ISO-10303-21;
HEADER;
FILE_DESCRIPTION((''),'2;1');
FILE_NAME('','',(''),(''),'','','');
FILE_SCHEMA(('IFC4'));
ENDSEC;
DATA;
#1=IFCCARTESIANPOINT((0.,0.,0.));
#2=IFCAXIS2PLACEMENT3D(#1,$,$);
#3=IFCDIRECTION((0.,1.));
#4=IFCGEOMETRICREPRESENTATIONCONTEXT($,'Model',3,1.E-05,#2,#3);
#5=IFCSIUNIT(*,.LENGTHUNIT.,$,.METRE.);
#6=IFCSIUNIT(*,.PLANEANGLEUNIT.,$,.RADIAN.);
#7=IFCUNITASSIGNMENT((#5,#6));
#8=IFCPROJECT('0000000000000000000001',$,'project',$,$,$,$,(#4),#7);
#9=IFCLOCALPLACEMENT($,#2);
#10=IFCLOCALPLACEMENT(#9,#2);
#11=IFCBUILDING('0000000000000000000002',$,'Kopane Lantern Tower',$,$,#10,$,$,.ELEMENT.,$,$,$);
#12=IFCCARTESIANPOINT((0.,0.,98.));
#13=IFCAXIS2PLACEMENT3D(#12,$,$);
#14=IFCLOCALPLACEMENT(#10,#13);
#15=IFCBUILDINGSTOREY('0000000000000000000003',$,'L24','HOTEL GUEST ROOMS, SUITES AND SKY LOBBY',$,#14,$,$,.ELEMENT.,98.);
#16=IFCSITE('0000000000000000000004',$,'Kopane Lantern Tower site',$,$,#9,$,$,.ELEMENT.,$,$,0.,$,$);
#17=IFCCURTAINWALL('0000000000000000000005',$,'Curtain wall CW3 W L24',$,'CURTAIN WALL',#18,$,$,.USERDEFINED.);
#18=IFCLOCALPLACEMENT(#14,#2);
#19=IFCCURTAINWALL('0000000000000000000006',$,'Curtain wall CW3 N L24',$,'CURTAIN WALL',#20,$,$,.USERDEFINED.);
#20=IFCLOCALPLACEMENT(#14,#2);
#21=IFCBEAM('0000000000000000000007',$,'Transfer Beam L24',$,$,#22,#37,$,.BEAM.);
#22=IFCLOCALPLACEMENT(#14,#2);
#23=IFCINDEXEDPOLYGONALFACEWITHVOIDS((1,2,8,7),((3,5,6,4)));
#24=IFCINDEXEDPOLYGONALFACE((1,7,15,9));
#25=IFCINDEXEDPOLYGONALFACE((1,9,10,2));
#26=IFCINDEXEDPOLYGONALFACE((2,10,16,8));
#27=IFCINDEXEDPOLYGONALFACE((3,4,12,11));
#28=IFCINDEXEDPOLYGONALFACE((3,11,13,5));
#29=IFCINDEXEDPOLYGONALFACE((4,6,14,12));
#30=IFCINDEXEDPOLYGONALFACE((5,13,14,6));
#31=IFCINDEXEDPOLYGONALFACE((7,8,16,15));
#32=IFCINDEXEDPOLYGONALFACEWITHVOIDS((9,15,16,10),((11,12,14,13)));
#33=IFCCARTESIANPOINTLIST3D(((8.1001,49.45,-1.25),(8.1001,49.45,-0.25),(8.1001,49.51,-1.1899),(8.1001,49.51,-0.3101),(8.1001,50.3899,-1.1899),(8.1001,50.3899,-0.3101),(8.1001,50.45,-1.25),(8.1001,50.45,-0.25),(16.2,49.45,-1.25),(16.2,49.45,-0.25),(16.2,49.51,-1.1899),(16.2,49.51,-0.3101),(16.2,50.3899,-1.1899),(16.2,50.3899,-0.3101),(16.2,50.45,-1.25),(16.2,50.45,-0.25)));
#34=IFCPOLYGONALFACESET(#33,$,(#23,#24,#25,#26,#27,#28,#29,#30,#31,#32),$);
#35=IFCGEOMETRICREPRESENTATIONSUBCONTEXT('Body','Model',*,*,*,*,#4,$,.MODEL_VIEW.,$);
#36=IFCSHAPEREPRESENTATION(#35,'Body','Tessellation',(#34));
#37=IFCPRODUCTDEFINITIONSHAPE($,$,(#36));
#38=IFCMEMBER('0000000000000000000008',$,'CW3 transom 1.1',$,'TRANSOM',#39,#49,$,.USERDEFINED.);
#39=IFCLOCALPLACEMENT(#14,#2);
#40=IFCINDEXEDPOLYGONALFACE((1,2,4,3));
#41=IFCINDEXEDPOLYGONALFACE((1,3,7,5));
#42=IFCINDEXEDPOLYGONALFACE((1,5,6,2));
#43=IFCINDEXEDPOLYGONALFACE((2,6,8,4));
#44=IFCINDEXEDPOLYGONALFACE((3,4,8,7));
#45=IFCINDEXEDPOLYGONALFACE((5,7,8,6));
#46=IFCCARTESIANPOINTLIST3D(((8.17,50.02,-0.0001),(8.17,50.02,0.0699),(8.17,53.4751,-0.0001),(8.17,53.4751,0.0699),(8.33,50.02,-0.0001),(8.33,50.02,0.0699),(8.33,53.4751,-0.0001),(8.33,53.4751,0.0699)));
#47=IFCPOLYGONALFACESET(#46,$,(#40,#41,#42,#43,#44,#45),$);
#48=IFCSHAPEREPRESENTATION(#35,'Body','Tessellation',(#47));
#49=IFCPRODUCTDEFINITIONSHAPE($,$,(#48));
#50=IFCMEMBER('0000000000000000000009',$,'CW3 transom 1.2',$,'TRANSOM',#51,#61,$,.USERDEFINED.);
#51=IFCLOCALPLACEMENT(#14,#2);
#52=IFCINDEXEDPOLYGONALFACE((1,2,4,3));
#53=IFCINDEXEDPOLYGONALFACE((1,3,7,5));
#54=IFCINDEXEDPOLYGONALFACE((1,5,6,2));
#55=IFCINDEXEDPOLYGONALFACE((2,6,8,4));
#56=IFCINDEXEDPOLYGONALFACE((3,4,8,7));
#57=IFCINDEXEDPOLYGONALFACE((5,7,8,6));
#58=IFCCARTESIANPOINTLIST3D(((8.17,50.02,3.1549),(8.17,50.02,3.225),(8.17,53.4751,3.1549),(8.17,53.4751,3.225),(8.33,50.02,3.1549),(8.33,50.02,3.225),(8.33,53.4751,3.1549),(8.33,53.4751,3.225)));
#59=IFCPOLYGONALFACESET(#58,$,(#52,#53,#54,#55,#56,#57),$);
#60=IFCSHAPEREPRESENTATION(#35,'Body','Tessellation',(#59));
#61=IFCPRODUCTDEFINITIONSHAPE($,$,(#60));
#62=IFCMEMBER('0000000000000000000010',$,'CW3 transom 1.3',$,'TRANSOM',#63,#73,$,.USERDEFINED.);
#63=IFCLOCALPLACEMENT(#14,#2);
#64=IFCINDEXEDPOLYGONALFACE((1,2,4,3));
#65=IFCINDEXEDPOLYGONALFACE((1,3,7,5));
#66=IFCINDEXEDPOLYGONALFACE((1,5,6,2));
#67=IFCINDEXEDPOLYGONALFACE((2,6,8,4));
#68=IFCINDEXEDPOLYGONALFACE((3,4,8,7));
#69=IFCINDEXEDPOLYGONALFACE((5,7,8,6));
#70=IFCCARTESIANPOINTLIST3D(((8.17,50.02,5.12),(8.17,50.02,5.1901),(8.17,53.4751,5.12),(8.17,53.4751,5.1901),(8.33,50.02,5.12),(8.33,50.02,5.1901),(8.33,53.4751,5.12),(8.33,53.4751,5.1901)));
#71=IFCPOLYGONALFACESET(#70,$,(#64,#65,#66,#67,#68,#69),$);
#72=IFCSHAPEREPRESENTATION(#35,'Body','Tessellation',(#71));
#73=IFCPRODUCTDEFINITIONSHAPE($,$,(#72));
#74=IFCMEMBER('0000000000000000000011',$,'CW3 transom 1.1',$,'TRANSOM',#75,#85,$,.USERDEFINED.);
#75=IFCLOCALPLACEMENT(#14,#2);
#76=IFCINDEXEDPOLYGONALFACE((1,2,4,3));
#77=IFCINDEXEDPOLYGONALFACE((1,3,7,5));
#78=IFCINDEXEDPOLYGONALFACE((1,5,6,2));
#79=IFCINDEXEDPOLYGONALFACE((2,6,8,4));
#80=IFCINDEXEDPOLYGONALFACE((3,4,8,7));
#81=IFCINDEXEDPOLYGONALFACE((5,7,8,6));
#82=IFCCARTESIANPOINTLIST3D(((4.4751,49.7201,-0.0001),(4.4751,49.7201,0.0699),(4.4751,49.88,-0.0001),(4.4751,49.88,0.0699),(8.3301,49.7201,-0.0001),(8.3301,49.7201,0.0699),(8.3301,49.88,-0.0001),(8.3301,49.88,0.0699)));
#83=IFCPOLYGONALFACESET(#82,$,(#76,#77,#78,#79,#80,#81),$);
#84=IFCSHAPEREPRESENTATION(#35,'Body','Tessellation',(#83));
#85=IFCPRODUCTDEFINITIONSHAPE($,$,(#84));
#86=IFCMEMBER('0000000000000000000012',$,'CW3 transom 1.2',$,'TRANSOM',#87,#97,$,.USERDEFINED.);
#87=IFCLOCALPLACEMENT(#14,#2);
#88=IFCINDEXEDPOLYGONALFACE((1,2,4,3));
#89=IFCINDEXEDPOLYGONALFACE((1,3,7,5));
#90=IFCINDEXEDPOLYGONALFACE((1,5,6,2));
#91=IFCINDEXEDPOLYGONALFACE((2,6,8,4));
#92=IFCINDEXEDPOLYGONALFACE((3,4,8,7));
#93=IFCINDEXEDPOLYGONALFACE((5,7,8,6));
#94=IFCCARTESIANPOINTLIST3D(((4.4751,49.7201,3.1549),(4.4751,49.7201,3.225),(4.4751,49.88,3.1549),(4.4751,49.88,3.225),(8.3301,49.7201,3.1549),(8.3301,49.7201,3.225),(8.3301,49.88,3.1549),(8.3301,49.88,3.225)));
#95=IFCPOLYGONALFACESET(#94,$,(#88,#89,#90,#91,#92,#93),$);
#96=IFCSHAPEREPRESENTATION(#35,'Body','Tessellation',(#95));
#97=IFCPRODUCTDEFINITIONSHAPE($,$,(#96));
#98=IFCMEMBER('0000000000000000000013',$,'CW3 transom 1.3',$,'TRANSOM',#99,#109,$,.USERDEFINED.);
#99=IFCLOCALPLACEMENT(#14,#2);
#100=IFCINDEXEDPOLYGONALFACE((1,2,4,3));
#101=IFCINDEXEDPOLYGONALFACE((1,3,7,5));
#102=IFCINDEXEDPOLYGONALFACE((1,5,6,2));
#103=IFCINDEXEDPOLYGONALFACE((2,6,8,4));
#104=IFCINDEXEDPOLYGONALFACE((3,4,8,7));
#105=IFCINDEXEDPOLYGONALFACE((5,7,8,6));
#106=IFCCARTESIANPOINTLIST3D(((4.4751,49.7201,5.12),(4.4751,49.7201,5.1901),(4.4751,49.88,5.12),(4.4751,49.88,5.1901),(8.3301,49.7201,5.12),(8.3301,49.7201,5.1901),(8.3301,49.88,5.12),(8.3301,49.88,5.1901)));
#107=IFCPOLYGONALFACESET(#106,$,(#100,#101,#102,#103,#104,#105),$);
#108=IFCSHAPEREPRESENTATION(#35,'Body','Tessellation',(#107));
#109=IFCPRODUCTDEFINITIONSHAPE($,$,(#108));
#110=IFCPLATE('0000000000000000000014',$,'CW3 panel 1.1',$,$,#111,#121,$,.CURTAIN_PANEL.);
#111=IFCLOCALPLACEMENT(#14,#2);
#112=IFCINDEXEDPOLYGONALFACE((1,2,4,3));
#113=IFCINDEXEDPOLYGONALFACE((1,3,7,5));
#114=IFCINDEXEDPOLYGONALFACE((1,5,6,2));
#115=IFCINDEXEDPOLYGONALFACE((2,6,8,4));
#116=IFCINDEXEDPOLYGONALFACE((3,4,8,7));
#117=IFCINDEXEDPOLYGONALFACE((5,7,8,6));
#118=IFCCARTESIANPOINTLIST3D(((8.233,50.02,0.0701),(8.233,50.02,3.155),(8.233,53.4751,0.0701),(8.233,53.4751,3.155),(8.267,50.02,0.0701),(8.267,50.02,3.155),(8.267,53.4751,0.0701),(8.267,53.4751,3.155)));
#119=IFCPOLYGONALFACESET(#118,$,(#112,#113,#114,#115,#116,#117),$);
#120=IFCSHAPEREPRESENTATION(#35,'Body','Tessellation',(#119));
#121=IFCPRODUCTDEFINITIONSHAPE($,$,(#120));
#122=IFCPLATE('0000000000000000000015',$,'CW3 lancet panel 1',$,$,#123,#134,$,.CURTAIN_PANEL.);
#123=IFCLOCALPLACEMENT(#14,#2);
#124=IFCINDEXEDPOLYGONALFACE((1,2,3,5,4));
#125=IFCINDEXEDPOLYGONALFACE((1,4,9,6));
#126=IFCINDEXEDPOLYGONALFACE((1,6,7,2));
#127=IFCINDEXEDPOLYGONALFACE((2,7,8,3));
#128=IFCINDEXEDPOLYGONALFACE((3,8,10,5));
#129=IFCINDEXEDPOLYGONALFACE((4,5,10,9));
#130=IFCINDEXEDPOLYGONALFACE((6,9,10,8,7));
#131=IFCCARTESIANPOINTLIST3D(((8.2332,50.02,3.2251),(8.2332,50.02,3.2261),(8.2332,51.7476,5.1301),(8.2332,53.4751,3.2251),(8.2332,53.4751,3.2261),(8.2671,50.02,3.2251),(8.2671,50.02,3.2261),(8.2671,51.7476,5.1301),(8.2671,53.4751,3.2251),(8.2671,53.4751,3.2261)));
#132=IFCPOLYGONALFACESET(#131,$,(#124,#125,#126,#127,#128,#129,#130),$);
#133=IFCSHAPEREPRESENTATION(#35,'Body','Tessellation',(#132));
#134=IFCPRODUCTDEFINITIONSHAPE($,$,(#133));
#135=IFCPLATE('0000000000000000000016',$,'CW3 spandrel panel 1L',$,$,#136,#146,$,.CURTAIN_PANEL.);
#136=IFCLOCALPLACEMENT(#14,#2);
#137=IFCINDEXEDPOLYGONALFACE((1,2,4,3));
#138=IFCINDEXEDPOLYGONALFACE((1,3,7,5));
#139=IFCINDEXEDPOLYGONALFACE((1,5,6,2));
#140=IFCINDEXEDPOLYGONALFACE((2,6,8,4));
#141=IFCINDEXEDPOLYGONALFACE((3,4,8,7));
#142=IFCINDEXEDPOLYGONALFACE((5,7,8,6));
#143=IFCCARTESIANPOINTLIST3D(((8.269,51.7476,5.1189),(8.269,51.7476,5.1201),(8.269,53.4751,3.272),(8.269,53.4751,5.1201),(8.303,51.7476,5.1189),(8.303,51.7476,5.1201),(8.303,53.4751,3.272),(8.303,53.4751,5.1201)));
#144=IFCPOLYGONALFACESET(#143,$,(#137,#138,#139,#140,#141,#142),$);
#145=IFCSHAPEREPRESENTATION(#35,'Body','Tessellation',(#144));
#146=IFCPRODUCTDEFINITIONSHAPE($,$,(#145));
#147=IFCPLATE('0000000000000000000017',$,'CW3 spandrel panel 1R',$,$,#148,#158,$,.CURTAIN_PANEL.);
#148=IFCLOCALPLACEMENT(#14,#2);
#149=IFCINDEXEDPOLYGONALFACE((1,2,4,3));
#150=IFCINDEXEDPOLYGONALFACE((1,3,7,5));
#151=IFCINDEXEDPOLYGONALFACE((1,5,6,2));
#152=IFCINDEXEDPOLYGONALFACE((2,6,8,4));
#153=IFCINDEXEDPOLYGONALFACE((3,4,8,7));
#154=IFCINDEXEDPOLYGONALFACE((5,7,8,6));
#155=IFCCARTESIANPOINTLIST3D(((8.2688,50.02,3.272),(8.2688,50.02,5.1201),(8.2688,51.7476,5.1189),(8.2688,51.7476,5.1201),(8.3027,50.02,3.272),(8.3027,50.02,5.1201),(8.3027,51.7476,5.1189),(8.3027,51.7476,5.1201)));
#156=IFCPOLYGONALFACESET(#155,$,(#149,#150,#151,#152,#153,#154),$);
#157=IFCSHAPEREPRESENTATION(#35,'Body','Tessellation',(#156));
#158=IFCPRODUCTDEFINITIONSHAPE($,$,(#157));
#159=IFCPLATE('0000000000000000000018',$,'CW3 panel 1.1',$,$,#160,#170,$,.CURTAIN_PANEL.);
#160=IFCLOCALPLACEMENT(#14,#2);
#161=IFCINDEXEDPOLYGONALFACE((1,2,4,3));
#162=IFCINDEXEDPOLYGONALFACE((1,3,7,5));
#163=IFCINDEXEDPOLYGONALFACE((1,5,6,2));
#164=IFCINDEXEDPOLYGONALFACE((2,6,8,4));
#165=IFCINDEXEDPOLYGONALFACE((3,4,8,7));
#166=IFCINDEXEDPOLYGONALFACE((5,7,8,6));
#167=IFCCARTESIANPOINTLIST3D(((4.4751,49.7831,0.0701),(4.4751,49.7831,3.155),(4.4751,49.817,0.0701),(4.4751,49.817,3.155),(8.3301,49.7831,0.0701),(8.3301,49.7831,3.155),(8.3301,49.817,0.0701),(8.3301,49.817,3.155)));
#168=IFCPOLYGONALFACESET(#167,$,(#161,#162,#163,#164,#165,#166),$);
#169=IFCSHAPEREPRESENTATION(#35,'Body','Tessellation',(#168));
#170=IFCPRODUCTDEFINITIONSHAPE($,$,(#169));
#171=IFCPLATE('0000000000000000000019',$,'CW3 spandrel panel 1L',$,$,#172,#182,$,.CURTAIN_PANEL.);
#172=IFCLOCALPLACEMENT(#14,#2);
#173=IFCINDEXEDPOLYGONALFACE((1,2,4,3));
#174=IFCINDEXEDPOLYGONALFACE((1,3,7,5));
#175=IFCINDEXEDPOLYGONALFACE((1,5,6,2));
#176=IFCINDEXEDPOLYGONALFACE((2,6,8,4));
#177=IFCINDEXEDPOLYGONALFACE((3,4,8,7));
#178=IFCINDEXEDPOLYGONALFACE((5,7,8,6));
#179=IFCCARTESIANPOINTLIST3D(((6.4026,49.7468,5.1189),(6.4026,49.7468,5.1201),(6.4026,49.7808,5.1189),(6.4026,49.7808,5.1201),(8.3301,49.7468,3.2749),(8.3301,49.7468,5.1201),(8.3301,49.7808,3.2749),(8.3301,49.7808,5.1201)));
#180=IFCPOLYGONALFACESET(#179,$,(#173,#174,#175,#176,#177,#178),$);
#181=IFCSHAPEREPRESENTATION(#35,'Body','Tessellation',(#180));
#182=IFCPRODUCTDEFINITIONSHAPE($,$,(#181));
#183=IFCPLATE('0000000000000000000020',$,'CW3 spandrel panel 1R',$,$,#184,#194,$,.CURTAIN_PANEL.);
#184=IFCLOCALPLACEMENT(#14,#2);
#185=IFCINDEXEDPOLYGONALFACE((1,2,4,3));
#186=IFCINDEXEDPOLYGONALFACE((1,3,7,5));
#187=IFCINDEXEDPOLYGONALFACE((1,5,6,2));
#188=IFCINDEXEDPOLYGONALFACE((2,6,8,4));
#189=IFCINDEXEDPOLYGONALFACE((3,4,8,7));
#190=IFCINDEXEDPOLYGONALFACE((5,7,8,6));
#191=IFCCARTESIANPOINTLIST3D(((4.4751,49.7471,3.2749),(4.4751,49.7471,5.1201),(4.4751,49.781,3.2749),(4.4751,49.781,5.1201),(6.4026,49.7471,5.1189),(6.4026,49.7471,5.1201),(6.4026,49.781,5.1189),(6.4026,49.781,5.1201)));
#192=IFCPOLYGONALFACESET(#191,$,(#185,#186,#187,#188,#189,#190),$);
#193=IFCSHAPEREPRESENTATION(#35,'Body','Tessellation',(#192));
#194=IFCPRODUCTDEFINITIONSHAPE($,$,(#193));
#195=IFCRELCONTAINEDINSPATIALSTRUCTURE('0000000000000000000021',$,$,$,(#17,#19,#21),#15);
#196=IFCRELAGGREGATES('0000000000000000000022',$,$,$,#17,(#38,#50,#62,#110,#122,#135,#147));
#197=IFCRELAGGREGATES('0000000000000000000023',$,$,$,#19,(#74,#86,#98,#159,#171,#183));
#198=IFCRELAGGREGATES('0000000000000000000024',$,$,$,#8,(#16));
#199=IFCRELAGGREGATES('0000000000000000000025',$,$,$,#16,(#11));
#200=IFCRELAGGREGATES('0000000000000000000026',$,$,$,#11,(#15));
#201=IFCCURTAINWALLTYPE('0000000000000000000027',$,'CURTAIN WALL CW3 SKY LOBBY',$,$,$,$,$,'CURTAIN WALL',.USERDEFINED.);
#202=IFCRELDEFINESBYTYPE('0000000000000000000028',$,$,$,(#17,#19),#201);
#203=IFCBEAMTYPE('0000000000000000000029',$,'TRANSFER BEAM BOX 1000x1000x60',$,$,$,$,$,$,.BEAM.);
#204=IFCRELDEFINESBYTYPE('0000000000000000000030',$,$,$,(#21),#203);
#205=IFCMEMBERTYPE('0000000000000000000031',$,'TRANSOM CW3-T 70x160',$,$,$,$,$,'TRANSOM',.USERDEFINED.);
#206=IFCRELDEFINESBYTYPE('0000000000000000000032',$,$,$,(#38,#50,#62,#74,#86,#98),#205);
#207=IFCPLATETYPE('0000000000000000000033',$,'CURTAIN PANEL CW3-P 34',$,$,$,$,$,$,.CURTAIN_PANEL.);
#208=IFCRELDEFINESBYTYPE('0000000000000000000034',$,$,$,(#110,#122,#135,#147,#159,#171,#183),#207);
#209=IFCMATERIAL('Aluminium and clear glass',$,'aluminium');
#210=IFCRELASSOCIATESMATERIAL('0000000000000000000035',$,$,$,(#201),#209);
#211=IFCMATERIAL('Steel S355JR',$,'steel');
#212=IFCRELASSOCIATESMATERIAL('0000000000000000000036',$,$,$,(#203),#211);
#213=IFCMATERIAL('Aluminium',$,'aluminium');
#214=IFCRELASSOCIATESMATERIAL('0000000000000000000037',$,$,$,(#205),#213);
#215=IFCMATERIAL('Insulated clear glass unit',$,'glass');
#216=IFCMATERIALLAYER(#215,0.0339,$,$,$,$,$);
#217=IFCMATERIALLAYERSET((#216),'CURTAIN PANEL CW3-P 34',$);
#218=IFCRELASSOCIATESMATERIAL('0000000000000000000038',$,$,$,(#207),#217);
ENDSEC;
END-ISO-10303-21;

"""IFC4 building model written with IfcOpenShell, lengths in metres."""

from ifc_helpers import new_model, si_unit, direction, frame, origin, origin_2d, place, context, subcontext, project, spatial, polyline, rectangle, hollow_rectangle, outline, extrude, material, layer, layer_set, material_profile, profile_set, type_object, element, aggregate, save


model = new_model("IFC4")

# Units and contexts
model_context = context("Model", 3, precision=1e-05, world=origin(), true_north=direction((0.0, 1.0)))
body_context = subcontext(model_context, "Body", "Model", "MODEL_VIEW")
ifc_project = project(units=[si_unit("LENGTHUNIT", "METRE"), si_unit("PLANEANGLEUNIT", "RADIAN")], contexts=[model_context])

# Site, building, storey
site_placement = place(None, origin())
site = spatial("IfcSite", under=ifc_project, at=site_placement, Name="Kopane Lantern Tower site", CompositionType="ELEMENT", RefElevation=0.0)
building_placement = place(site_placement, origin())
building = spatial("IfcBuilding", under=site, at=building_placement, Name="Kopane Lantern Tower", CompositionType="ELEMENT")
storey_placement = place(building_placement, frame((0.0, 0.0, 98.0)))
storey = spatial("IfcBuildingStorey", under=building, at=storey_placement, Name="L24", Description="HOTEL GUEST ROOMS, SUITES AND SKY LOBBY", CompositionType="ELEMENT", Elevation=98.0)

# Curtain walls
ifc_material_1 = material(Name="Aluminium and clear glass", Category="aluminium")
curtain_wall_type = type_object("IfcCurtainWallType", Name="CURTAIN WALL CW3 SKY LOBBY", ElementType="CURTAIN WALL", PredefinedType="USERDEFINED", material=ifc_material_1)
curtain_wall_1_placement = place(storey_placement, origin())
curtain_wall_1 = element("IfcCurtainWall", 1, at=curtain_wall_1_placement, inside=storey, type_object=curtain_wall_type, Name="Curtain wall CW3 W L24", ObjectType="CURTAIN WALL", PredefinedType="USERDEFINED")
curtain_wall_2_placement = place(storey_placement, origin())
curtain_wall_2 = element("IfcCurtainWall", 2, at=curtain_wall_2_placement, inside=storey, type_object=curtain_wall_type, Name="Curtain wall CW3 N L24", ObjectType="CURTAIN WALL", PredefinedType="USERDEFINED")

# Beam
ifc_material_2 = material(Name="Steel S355JR", Category="steel")
ifc_material_profile_1 = material_profile(ifc_material_2, hollow_rectangle(XDim=1.0, YDim=1.0, WallThickness=0.0601, at=origin_2d()), Name="BOX 1000x1000x60")
ifc_profile_set_1 = profile_set([ifc_material_profile_1], Name="Steel S355JR")
beam_type_1 = type_object("IfcBeamType", Name="TRANSFER BEAM BOX 1000x1000x60", PredefinedType="BEAM", material=ifc_profile_set_1)
beam_1_placement = place(storey_placement, frame((8.1001, 49.95, -0.75), z_axis=(1.0, 0.0, 0.0), x_axis=(0.0, 1.0, 0.0)))
element("IfcBeam", 3, at=beam_1_placement, inside=storey, type_object=beam_type_1, Name="Transfer Beam L24", PredefinedType="BEAM", context=body_context, shape_type="SweptSolid", body=[
    extrude(hollow_rectangle(XDim=1.0, YDim=1.0, WallThickness=0.0601, at=origin_2d()), origin(), (0.0, 0.0, 1.0), 8.0999),
])

# Members
ifc_material_3 = material(Name="Aluminium", Category="aluminium")
ifc_material_profile_2 = material_profile(ifc_material_3, rectangle(XDim=0.1599, YDim=0.0701, at=origin_2d()), Name="AL 160x70")
ifc_profile_set_2 = profile_set([ifc_material_profile_2], Name="Aluminium")
member_type_1 = type_object("IfcMemberType", Name="TRANSOM CW3-T 70x160", ElementType="TRANSOM", PredefinedType="USERDEFINED", material=ifc_profile_set_2)
member_1_placement = place(storey_placement, frame((8.25, 53.4751, 0.0349), z_axis=(0.0, -1.0, 0.0), x_axis=(1.0, 0.0, 0.0)))
member_1 = element("IfcMember", 4, at=member_1_placement, type_object=member_type_1, Name="CW3 transom 1.1", ObjectType="TRANSOM", PredefinedType="USERDEFINED", context=body_context, shape_type="SweptSolid", body=[
    extrude(rectangle(XDim=0.1599, YDim=0.0701, at=origin_2d()), origin(), (0.0, 0.0, 1.0), 3.4551),
])
member_2_placement = place(storey_placement, frame((8.25, 53.4751, 3.1899), z_axis=(0.0, -1.0, 0.0), x_axis=(1.0, 0.0, 0.0)))
member_2 = element("IfcMember", 5, at=member_2_placement, type_object=member_type_1, Name="CW3 transom 1.2", ObjectType="TRANSOM", PredefinedType="USERDEFINED", context=body_context, shape_type="SweptSolid", body=[
    extrude(rectangle(XDim=0.1599, YDim=0.0701, at=origin_2d()), origin(), (0.0, 0.0, 1.0), 3.4551),
])
member_3_placement = place(storey_placement, frame((8.25, 53.4751, 5.155), z_axis=(0.0, -1.0, 0.0), x_axis=(1.0, 0.0, 0.0)))
member_3 = element("IfcMember", 6, at=member_3_placement, type_object=member_type_1, Name="CW3 transom 1.3", ObjectType="TRANSOM", PredefinedType="USERDEFINED", context=body_context, shape_type="SweptSolid", body=[
    extrude(rectangle(XDim=0.1599, YDim=0.0701, at=origin_2d()), origin(), (0.0, 0.0, 1.0), 3.4551),
])
member_4_placement = place(storey_placement, frame((8.3301, 49.8, 0.0349), z_axis=(-1.0, 0.0, 0.0), x_axis=(0.0, -1.0, 0.0)))
member_4 = element("IfcMember", 7, at=member_4_placement, type_object=member_type_1, Name="CW3 transom 1.1", ObjectType="TRANSOM", PredefinedType="USERDEFINED", context=body_context, shape_type="SweptSolid", body=[
    extrude(rectangle(XDim=0.1599, YDim=0.0701, at=origin_2d()), origin(), (0.0, 0.0, 1.0), 3.855),
])
member_5_placement = place(storey_placement, frame((8.3301, 49.8, 3.1899), z_axis=(-1.0, 0.0, 0.0), x_axis=(0.0, -1.0, 0.0)))
member_5 = element("IfcMember", 8, at=member_5_placement, type_object=member_type_1, Name="CW3 transom 1.2", ObjectType="TRANSOM", PredefinedType="USERDEFINED", context=body_context, shape_type="SweptSolid", body=[
    extrude(rectangle(XDim=0.1599, YDim=0.0701, at=origin_2d()), origin(), (0.0, 0.0, 1.0), 3.855),
])
member_6_placement = place(storey_placement, frame((8.3301, 49.8, 5.155), z_axis=(-1.0, 0.0, 0.0), x_axis=(0.0, -1.0, 0.0)))
member_6 = element("IfcMember", 9, at=member_6_placement, type_object=member_type_1, Name="CW3 transom 1.3", ObjectType="TRANSOM", PredefinedType="USERDEFINED", context=body_context, shape_type="SweptSolid", body=[
    extrude(rectangle(XDim=0.1599, YDim=0.0701, at=origin_2d()), origin(), (0.0, 0.0, 1.0), 3.855),
])

# Plates
ifc_material_4 = material(Name="Insulated clear glass unit", Category="glass")
ifc_layer_1 = layer(ifc_material_4, 0.0339)
ifc_layer_set_1 = layer_set([ifc_layer_1], Name="CURTAIN PANEL CW3-P 34")
plate_type_1 = type_object("IfcPlateType", Name="CURTAIN PANEL CW3-P 34", PredefinedType="CURTAIN_PANEL", material=ifc_layer_set_1)
plate_1_placement = place(storey_placement, frame((8.25, 51.7476, 0.0701), z_axis=(0.0, 0.0, 1.0), x_axis=(0.0, -1.0, 0.0)))
plate_1 = element("IfcPlate", 10, at=plate_1_placement, type_object=plate_type_1, Name="CW3 panel 1.1", PredefinedType="CURTAIN_PANEL", context=body_context, shape_type="SweptSolid", body=[
    extrude(rectangle(XDim=3.4551, YDim=0.0339, at=origin_2d()), origin(), (0.0, 0.0, 1.0), 3.085),
])
plate_2_placement = place(storey_placement, frame((8.25, 53.4751, 3.2251), z_axis=(0.0, 0.0, 1.0), x_axis=(0.0, -1.0, 0.0)))
plate_2 = element("IfcPlate", 11, at=plate_2_placement, type_object=plate_type_1, Name="CW3 lancet panel 1", PredefinedType="CURTAIN_PANEL", context=body_context, shape_type="SweptSolid", body=[
    extrude(outline(polyline([(0.0, 0.0), (3.4551, 0.0), (3.4551, 0.001), (1.7275, 1.905), (0.0, 0.001), (0.0, 0.0)])), frame((0.0, 0.0171, 0.0), z_axis=(0.0, -1.0, 0.0), x_axis=(1.0, 0.0, 0.0)), (0.0, 0.0, 1.0), 0.0339),
])
plate_3_placement = place(storey_placement, frame((8.2859, 53.4751, 5.1201), z_axis=(0.0, 0.0, 1.0), x_axis=(0.0, -1.0, 0.0)))
plate_3 = element("IfcPlate", 12, at=plate_3_placement, type_object=plate_type_1, Name="CW3 spandrel panel 1L", PredefinedType="CURTAIN_PANEL", context=body_context, shape_type="SweptSolid", body=[
    extrude(outline(polyline([(0.0, 0.0), (1.7275, 0.0), (1.7275, -0.0012), (0.0, -1.8481), (0.0, 0.0)])), frame((0.0, 0.0171, 0.0), z_axis=(0.0, -1.0, 0.0), x_axis=(1.0, 0.0, 0.0)), (0.0, 0.0, 1.0), 0.0339),
])
plate_4_placement = place(storey_placement, frame((8.2859, 50.02, 5.1201), z_axis=(0.0, 0.0, 1.0), x_axis=(0.0, 1.0, 0.0)))
plate_4 = element("IfcPlate", 13, at=plate_4_placement, type_object=plate_type_1, Name="CW3 spandrel panel 1R", PredefinedType="CURTAIN_PANEL", context=body_context, shape_type="SweptSolid", body=[
    extrude(outline(polyline([(0.0, 0.0), (1.7275, 0.0), (1.7275, -0.0012), (0.0, -1.8481), (0.0, 0.0)])), frame((0.0, 0.0171, 0.0), z_axis=(0.0, -1.0, 0.0), x_axis=(1.0, 0.0, 0.0)), (0.0, 0.0, 1.0), 0.0339),
])
aggregate(curtain_wall_1, [member_1, member_2, member_3, plate_1, plate_2, plate_3, plate_4])
plate_5_placement = place(storey_placement, frame((6.4026, 49.8, 0.0701), z_axis=(0.0, 0.0, 1.0), x_axis=(-1.0, 0.0, 0.0)))
plate_5 = element("IfcPlate", 14, at=plate_5_placement, type_object=plate_type_1, Name="CW3 panel 1.1", PredefinedType="CURTAIN_PANEL", context=body_context, shape_type="SweptSolid", body=[
    extrude(rectangle(XDim=3.855, YDim=0.0339, at=origin_2d()), origin(), (0.0, 0.0, 1.0), 3.085),
])
plate_6_placement = place(storey_placement, frame((8.3301, 49.7639, 5.1201), z_axis=(0.0, 0.0, 1.0), x_axis=(-1.0, 0.0, 0.0)))
plate_6 = element("IfcPlate", 15, at=plate_6_placement, type_object=plate_type_1, Name="CW3 spandrel panel 1L", PredefinedType="CURTAIN_PANEL", context=body_context, shape_type="SweptSolid", body=[
    extrude(outline(polyline([(0.0, 0.0), (1.9275, 0.0), (1.9275, -0.0012), (0.0, -1.8452), (0.0, 0.0)])), frame((0.0, 0.0171, 0.0), z_axis=(0.0, -1.0, 0.0), x_axis=(1.0, 0.0, 0.0)), (0.0, 0.0, 1.0), 0.0339),
])
plate_7_placement = place(storey_placement, frame((4.4751, 49.7639, 5.1201), z_axis=(0.0, 0.0, 1.0), x_axis=(1.0, 0.0, 0.0)))
plate_7 = element("IfcPlate", 16, at=plate_7_placement, type_object=plate_type_1, Name="CW3 spandrel panel 1R", PredefinedType="CURTAIN_PANEL", context=body_context, shape_type="SweptSolid", body=[
    extrude(outline(polyline([(0.0, 0.0), (1.9275, 0.0), (1.9275, -0.0012), (0.0, -1.8452), (0.0, 0.0)])), frame((0.0, 0.0171, 0.0), z_axis=(0.0, -1.0, 0.0), x_axis=(1.0, 0.0, 0.0)), (0.0, 0.0, 1.0), 0.0339),
])
aggregate(curtain_wall_2, [member_4, member_5, member_6, plate_5, plate_6, plate_7])

save(model, "model.ifc")
